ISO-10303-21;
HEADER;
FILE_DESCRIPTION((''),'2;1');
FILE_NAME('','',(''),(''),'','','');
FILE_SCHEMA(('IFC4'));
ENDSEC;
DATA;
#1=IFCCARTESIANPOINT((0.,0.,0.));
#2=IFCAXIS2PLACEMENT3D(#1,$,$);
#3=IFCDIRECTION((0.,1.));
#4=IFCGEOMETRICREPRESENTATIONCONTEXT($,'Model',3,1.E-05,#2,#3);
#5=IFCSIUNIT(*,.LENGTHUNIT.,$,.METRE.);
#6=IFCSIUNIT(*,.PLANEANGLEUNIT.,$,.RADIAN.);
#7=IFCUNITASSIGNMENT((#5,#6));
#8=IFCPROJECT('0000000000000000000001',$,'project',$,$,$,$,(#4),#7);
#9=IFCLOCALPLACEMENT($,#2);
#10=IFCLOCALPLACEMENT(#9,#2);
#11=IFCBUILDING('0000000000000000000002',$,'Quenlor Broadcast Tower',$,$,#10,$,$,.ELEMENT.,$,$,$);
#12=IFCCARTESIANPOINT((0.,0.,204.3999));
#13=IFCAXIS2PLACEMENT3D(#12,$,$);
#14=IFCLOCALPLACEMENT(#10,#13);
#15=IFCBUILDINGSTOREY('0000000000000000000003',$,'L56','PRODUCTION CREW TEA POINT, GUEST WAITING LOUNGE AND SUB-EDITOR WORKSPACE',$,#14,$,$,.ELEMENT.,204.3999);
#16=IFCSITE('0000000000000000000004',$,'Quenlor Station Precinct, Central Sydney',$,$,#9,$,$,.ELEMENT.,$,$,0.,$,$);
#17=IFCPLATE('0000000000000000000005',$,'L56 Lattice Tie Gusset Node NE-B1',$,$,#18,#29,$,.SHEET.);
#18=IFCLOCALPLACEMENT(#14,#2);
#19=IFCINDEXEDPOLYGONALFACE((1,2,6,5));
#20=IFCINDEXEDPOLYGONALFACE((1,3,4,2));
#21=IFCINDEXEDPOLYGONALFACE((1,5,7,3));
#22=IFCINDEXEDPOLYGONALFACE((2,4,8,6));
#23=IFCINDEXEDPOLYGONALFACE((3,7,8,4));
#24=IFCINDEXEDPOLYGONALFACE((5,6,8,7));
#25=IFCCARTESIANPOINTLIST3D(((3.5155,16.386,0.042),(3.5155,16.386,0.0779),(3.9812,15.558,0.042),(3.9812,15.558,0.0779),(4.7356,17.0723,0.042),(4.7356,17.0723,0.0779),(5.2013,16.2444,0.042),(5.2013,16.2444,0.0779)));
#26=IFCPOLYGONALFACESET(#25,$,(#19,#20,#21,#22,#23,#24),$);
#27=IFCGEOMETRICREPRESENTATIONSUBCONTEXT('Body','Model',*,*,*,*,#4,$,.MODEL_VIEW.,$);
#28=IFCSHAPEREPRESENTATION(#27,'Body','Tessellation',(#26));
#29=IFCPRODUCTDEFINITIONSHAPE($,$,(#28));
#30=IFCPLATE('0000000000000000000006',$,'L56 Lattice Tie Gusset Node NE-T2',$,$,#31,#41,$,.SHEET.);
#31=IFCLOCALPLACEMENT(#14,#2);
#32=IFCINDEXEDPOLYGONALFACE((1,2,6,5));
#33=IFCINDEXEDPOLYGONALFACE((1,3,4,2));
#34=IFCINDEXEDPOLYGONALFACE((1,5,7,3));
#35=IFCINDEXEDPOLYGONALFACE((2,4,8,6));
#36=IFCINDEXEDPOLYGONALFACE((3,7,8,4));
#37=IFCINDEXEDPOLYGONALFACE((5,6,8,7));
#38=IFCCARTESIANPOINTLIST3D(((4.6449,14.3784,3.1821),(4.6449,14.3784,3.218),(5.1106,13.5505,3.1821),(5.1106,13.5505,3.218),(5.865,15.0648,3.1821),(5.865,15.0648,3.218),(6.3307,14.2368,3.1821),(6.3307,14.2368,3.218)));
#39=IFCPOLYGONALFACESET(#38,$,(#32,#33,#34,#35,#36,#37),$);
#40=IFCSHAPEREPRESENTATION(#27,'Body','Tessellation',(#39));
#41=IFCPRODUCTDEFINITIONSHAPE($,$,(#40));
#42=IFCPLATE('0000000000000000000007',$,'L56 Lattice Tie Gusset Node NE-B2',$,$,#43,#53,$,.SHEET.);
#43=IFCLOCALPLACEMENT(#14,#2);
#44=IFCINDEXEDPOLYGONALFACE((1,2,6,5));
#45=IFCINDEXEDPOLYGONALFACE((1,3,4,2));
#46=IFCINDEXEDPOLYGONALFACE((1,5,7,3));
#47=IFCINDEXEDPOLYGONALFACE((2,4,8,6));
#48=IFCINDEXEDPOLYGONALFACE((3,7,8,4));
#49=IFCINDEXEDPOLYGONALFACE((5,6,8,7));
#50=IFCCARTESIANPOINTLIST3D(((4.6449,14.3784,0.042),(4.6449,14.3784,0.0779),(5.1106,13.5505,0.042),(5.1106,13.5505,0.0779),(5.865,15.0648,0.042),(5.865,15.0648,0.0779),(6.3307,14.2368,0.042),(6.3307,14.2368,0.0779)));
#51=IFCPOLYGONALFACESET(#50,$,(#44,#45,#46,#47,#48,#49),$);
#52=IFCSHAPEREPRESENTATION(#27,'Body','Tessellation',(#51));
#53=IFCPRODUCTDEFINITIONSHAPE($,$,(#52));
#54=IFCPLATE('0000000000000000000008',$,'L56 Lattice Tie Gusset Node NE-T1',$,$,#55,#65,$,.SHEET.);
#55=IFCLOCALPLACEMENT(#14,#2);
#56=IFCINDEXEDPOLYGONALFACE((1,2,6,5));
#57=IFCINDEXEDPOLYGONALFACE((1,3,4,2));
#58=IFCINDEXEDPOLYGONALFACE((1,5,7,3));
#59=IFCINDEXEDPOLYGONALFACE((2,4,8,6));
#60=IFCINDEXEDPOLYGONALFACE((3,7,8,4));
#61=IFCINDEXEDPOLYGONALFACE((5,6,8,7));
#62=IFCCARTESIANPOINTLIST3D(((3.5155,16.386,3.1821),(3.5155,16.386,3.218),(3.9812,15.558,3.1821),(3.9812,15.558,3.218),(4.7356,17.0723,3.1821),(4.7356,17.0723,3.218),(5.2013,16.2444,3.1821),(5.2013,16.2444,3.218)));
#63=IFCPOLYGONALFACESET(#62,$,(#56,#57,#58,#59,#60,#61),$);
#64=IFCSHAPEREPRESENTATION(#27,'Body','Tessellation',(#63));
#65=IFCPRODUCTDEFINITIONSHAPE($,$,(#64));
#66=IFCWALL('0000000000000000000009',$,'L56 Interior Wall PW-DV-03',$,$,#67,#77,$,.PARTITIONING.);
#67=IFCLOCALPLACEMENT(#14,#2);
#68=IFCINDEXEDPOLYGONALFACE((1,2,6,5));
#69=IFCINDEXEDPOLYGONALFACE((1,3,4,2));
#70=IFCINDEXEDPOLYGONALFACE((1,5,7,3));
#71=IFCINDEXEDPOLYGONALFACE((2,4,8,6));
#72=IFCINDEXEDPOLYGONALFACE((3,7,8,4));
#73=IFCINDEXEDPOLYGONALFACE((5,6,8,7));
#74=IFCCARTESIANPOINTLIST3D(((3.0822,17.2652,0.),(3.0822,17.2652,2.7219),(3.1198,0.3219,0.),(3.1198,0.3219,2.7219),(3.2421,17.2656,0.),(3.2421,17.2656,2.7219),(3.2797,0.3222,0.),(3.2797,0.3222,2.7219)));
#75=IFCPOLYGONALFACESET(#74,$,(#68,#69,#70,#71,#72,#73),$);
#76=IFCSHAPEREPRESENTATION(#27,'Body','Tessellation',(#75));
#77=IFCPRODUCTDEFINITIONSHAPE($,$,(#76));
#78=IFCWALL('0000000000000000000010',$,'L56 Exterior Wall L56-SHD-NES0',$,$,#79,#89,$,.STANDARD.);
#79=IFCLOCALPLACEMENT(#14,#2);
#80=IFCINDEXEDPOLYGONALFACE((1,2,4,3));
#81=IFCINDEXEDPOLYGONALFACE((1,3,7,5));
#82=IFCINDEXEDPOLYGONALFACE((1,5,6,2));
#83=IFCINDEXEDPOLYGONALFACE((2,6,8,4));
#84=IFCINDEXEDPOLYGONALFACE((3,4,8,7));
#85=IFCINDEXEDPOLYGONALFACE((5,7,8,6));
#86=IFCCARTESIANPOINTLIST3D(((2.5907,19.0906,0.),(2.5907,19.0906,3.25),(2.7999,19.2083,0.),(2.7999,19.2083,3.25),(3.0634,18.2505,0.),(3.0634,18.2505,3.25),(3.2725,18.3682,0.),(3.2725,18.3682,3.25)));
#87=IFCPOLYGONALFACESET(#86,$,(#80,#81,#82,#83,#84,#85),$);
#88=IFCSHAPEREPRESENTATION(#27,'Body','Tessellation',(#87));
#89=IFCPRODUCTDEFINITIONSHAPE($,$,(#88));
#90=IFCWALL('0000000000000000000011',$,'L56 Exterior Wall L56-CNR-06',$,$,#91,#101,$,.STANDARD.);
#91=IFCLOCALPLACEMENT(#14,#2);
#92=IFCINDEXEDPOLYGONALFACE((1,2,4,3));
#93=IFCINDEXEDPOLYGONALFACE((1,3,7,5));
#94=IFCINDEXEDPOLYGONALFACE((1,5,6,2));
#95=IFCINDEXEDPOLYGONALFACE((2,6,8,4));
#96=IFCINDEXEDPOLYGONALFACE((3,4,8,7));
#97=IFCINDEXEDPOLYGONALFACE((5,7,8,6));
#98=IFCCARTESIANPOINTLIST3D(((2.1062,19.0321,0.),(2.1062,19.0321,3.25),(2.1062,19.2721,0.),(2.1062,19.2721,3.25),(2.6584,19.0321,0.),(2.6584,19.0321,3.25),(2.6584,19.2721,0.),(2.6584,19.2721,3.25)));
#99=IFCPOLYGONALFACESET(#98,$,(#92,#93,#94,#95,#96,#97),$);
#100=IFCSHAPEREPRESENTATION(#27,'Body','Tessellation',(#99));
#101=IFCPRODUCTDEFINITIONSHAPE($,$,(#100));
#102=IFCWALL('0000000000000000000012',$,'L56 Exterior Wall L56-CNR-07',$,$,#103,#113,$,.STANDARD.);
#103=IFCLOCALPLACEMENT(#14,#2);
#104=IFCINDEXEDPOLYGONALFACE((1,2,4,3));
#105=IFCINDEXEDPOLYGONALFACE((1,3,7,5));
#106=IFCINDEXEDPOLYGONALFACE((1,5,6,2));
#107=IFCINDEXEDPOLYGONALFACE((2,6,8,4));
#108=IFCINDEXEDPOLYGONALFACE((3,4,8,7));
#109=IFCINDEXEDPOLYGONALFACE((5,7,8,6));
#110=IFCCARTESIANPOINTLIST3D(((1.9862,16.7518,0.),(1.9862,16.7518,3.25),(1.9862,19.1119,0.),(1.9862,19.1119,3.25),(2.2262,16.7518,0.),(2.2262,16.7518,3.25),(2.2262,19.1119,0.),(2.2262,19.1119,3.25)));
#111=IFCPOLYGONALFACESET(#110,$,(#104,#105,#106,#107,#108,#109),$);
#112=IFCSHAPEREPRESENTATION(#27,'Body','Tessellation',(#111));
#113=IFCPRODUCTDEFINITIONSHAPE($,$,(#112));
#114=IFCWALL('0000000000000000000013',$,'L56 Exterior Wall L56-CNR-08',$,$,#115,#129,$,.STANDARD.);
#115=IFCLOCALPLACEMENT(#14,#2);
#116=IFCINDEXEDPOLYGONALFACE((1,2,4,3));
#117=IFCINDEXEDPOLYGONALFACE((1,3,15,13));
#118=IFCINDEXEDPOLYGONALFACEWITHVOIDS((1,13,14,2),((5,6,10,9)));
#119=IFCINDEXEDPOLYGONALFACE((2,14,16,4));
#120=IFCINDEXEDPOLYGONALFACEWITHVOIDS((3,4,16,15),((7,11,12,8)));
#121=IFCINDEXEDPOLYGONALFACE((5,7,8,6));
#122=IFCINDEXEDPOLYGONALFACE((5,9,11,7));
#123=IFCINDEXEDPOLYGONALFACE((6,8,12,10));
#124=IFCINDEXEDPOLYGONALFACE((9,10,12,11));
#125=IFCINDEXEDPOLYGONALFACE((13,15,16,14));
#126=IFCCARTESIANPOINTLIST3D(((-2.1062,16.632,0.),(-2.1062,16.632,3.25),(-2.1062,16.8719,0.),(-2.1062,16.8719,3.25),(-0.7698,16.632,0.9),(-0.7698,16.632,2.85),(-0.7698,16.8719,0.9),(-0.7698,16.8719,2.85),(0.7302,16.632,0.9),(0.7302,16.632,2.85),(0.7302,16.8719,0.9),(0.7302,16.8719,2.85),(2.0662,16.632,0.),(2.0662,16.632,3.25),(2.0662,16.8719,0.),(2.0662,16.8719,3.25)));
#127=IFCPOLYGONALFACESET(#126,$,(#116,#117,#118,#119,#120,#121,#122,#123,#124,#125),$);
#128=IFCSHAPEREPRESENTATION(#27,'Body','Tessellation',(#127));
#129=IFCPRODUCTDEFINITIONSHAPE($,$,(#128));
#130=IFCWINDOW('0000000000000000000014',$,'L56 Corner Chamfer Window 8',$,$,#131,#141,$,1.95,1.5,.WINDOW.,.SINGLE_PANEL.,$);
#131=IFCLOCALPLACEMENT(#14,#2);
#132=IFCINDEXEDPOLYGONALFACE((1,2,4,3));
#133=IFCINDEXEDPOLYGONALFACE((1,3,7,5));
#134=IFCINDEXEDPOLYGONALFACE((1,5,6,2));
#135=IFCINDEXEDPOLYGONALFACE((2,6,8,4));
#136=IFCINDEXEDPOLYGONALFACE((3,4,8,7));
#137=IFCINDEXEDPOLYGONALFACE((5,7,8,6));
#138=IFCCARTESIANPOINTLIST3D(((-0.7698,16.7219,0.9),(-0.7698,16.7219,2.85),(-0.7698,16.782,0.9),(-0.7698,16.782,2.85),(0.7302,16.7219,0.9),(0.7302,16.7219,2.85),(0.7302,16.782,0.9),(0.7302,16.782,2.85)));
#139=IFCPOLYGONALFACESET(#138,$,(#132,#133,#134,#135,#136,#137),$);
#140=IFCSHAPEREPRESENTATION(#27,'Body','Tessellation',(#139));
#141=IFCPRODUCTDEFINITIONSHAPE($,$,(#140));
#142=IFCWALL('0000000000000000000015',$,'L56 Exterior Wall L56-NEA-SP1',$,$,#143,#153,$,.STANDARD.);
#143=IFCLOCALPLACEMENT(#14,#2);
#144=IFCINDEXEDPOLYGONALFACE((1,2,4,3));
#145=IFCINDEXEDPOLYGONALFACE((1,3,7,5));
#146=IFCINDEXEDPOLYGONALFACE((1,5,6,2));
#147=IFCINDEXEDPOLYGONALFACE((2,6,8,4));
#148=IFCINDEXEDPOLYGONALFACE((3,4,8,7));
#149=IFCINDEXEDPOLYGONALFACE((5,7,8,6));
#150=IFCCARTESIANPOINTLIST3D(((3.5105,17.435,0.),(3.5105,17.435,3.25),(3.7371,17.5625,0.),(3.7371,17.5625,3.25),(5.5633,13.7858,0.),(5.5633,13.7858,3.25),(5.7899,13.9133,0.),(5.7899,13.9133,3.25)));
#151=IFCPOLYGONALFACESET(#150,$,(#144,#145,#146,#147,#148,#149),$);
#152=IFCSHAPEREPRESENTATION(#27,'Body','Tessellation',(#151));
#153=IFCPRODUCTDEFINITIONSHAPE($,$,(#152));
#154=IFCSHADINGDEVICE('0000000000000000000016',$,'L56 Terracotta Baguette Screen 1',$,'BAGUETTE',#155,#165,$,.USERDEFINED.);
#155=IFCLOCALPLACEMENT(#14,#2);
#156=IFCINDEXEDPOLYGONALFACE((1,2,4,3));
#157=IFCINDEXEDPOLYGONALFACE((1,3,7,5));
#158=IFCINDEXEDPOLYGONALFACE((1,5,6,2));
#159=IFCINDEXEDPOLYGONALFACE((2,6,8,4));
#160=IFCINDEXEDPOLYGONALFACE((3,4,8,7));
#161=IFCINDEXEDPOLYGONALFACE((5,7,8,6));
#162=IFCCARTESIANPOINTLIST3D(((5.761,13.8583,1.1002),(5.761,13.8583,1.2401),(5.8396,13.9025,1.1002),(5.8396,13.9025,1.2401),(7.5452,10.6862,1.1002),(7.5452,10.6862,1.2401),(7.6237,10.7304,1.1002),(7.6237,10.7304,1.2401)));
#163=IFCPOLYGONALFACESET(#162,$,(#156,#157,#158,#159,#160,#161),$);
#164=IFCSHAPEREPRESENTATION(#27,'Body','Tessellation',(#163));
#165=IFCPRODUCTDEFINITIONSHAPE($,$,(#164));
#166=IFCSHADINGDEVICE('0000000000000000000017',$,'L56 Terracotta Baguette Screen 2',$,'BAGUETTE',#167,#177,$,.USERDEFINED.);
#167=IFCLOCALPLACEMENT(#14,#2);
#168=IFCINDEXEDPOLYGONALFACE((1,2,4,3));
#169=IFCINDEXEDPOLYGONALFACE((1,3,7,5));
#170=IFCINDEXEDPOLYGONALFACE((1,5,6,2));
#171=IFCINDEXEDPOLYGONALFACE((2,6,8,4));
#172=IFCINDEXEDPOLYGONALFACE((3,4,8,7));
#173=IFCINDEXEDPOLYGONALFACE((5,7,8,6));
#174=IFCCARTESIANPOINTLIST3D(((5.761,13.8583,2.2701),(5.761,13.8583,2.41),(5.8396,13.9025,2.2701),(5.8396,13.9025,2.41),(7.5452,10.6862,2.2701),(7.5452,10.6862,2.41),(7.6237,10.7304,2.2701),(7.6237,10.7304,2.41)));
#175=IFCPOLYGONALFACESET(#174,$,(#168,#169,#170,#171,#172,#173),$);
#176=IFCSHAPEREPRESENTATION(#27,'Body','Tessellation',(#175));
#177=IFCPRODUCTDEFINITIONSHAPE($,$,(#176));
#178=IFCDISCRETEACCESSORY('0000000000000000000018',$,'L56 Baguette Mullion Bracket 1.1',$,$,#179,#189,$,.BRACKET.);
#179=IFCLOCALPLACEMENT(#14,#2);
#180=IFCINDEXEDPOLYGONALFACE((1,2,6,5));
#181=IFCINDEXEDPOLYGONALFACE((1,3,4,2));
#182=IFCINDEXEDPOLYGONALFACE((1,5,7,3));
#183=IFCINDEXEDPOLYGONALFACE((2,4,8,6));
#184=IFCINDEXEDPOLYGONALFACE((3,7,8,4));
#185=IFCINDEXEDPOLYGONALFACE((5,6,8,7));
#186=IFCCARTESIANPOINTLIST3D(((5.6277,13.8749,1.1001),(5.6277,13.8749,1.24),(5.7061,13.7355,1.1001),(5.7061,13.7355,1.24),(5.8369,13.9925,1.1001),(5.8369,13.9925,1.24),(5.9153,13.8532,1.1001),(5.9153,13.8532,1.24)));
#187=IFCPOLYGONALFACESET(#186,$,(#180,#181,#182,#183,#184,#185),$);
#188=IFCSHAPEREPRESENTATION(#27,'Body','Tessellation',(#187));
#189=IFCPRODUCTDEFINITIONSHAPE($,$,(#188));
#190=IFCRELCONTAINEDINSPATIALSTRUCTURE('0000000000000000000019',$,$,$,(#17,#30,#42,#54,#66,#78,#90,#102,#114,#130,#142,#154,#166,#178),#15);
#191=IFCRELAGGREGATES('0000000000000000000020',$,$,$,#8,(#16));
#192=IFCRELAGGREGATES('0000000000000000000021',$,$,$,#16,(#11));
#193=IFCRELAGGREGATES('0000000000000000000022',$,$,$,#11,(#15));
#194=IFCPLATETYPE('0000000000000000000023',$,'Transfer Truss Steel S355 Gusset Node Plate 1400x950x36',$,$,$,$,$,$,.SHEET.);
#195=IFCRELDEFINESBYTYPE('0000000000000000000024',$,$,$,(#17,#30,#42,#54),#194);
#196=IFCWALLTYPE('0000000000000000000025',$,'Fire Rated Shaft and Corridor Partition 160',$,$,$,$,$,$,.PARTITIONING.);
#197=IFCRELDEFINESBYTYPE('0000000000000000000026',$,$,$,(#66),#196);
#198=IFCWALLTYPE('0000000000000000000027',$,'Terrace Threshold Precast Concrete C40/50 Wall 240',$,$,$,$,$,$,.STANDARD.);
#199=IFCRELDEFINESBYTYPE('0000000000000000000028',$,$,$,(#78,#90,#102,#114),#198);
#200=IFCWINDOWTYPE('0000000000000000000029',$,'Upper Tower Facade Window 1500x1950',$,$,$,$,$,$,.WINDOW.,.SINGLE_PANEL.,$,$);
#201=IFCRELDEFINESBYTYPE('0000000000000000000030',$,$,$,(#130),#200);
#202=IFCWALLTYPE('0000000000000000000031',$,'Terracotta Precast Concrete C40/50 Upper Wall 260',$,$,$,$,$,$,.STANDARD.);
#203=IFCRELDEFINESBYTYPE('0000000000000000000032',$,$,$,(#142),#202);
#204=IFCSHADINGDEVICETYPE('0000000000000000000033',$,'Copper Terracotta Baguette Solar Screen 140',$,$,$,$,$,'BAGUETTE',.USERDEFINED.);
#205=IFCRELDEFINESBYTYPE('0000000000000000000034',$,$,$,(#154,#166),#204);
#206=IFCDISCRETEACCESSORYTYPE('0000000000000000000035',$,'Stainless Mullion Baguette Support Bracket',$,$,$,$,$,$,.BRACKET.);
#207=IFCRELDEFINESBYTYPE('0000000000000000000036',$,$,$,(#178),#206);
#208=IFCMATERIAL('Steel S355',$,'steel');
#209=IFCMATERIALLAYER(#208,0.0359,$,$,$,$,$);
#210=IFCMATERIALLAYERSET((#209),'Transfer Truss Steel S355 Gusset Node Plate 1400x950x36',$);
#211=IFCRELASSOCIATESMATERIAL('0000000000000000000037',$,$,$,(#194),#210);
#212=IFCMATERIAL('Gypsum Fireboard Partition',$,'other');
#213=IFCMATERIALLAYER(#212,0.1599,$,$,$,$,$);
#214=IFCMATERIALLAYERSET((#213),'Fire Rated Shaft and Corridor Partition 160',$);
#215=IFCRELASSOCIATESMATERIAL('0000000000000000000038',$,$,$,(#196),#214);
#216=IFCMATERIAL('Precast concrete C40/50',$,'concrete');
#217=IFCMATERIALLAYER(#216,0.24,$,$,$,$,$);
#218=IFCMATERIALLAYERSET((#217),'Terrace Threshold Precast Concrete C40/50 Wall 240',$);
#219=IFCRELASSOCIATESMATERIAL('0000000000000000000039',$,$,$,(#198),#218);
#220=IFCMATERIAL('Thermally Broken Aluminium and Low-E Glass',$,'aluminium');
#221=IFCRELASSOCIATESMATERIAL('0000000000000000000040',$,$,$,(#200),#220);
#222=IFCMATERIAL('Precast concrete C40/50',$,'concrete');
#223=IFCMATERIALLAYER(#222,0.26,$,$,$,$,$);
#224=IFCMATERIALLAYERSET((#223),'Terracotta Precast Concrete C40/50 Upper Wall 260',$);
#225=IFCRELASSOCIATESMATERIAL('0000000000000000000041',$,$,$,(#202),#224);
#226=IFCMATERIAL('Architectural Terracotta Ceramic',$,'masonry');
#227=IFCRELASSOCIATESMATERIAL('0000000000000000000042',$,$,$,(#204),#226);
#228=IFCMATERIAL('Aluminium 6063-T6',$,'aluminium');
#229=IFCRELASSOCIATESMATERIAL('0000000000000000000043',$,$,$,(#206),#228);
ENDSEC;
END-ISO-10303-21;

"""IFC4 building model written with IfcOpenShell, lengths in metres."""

from ifc_helpers import new_model, si_unit, direction, frame, frame_2d, origin, origin_2d, place, context, subcontext, project, spatial, rectangle, extrude, material, layer, layer_set, material_profile, profile_set, type_object, element, fill, save


model = new_model("IFC4")

# Units and contexts
model_context = context("Model", 3, precision=1e-05, world=origin(), true_north=direction((0.0, 1.0)))
body_context = subcontext(model_context, "Body", "Model", "MODEL_VIEW")
ifc_project = project(units=[si_unit("LENGTHUNIT", "METRE"), si_unit("PLANEANGLEUNIT", "RADIAN")], contexts=[model_context])

# Site, building, storey
site_placement = place(None, origin())
site = spatial("IfcSite", under=ifc_project, at=site_placement, Name="Quenlor Station Precinct, Central Sydney", CompositionType="ELEMENT", RefElevation=0.0)
building_placement = place(site_placement, origin())
building = spatial("IfcBuilding", under=site, at=building_placement, Name="Quenlor Broadcast Tower", CompositionType="ELEMENT")
storey_placement = place(building_placement, frame((0.0, 0.0, 204.3999)))
storey = spatial("IfcBuildingStorey", under=building, at=storey_placement, Name="L56", Description="PRODUCTION CREW TEA POINT, GUEST WAITING LOUNGE AND SUB-EDITOR WORKSPACE", CompositionType="ELEMENT", Elevation=204.3999)

# Plates
ifc_material_1 = material(Name="Steel S355", Category="steel")
ifc_layer_1 = layer(ifc_material_1, 0.0359)
ifc_layer_set_1 = layer_set([ifc_layer_1], Name="Transfer Truss Steel S355 Gusset Node Plate 1400x950x36")
plate_type_1 = type_object("IfcPlateType", Name="Transfer Truss Steel S355 Gusset Node Plate 1400x950x36", PredefinedType="SHEET", material=ifc_layer_set_1)
for number, where, z_axis, x_axis, name in (
    (1, (4.3584, 16.3152, 0.042), (0.0, 0.0, 1.0), (0.871556, 0.490295, 0.0), "L56 Lattice Tie Gusset Node NE-B1"),
    (2, (5.4878, 14.3076, 3.1821), (0.0, 0.0, 1.0), (0.871556, 0.490295, 0.0), "L56 Lattice Tie Gusset Node NE-T2"),
    (3, (5.4878, 14.3076, 0.042), (0.0, 0.0, 1.0), (0.871556, 0.490295, 0.0), "L56 Lattice Tie Gusset Node NE-B2"),
    (4, (4.3584, 16.3152, 3.1821), (0.0, 0.0, 1.0), (0.871556, 0.490295, 0.0), "L56 Lattice Tie Gusset Node NE-T1"),
):
    element("IfcPlate", number, at=place(storey_placement, frame(where, z_axis=z_axis, x_axis=x_axis)), inside=storey, type_object=plate_type_1, Name=name, PredefinedType="SHEET", context=body_context, shape_type="SweptSolid", body=[
        extrude(rectangle(XDim=1.3999, YDim=0.95, at=origin_2d()), origin(), (0.0, 0.0, 1.0), 0.0359),
    ])

# Walls
ifc_material_2 = material(Name="Gypsum Fireboard Partition", Category="other")
ifc_layer_2 = layer(ifc_material_2, 0.1599)
ifc_layer_set_2 = layer_set([ifc_layer_2], Name="Fire Rated Shaft and Corridor Partition 160")
wall_type_1 = type_object("IfcWallType", Name="Fire Rated Shaft and Corridor Partition 160", PredefinedType="PARTITIONING", material=ifc_layer_set_2)
wall_1_placement = place(storey_placement, frame((3.1621, 17.2654, 0.0), z_axis=(0.0, 0.0, 1.0), x_axis=(0.002219, -0.999998, 0.0)))
element("IfcWall", 5, at=wall_1_placement, inside=storey, type_object=wall_type_1, Name="L56 Interior Wall PW-DV-03", PredefinedType="PARTITIONING", context=body_context, shape_type="SweptSolid", body=[
    extrude(rectangle(XDim=16.9434, YDim=0.1599, at=frame_2d((8.4717, 0.0))), origin(), (0.0, 0.0, 1.0), 2.7219),
])
ifc_material_3 = material(Name="Precast concrete C40/50", Category="concrete")
ifc_layer_3 = layer(ifc_material_3, 0.24)
ifc_layer_set_3 = layer_set([ifc_layer_3], Name="Terrace Threshold Precast Concrete C40/50 Wall 240")
wall_type_2 = type_object("IfcWallType", Name="Terrace Threshold Precast Concrete C40/50 Wall 240", PredefinedType="STANDARD", material=ifc_layer_set_3)
wall_2_placement = place(storey_placement, frame((2.6953, 19.1494, 0.0), z_axis=(0.0, 0.0, 1.0), x_axis=(0.490345, -0.871528, 0.0)))
element("IfcWall", 6, at=wall_2_placement, inside=storey, type_object=wall_type_2, Name="L56 Exterior Wall L56-SHD-NES0", PredefinedType="STANDARD", context=body_context, shape_type="SweptSolid", body=[
    extrude(rectangle(XDim=0.9639, YDim=0.24, at=frame_2d((0.4819, 0.0))), origin(), (0.0, 0.0, 1.0), 3.25),
])
wall_3_placement = place(storey_placement, frame((2.6584, 19.1521, 0.0), z_axis=(0.0, 0.0, 1.0), x_axis=(-1.0, 0.0, 0.0)))
element("IfcWall", 7, at=wall_3_placement, inside=storey, type_object=wall_type_2, Name="L56 Exterior Wall L56-CNR-06", PredefinedType="STANDARD", context=body_context, shape_type="SweptSolid", body=[
    extrude(rectangle(XDim=0.5522, YDim=0.24, at=frame_2d((0.2761, 0.0))), origin(), (0.0, 0.0, 1.0), 3.25),
])
wall_4_placement = place(storey_placement, frame((2.1062, 19.1121, 0.0), z_axis=(0.0, 0.0, 1.0), x_axis=(0.0, -1.0, 0.0)))
element("IfcWall", 8, at=wall_4_placement, inside=storey, type_object=wall_type_2, Name="L56 Exterior Wall L56-CNR-07", PredefinedType="STANDARD", context=body_context, shape_type="SweptSolid", body=[
    extrude(rectangle(XDim=2.3601, YDim=0.24, at=frame_2d((1.1802, 0.0))), origin(), (0.0, 0.0, 1.0), 3.25),
])

# Wall, opening, window
wall_5_placement = place(storey_placement, frame((2.0662, 16.752, 0.0), z_axis=(0.0, 0.0, 1.0), x_axis=(-1.0, 0.0, 0.0)))
wall_5 = element("IfcWall", 9, at=wall_5_placement, inside=storey, type_object=wall_type_2, Name="L56 Exterior Wall L56-CNR-08", PredefinedType="STANDARD", context=body_context, shape_type="SweptSolid", body=[
    extrude(rectangle(XDim=4.1724, YDim=0.24, at=frame_2d((2.0862, 0.0))), origin(), (0.0, 0.0, 1.0), 3.25),
])
opening_placement = place(wall_5_placement, frame((1.3359, 0.0, 0.8999)))
opening = element("IfcOpeningElement", 10, at=opening_placement, cuts=wall_5, PredefinedType="OPENING", context=body_context, shape_type="SweptSolid", body=[
    extrude(rectangle(XDim=1.5, YDim=1.95, at=frame_2d((0.75, 0.9751))), frame((0.0, 0.1299, 0.0), z_axis=(0.0, -1.0, 0.0), x_axis=(1.0, 0.0, 0.0)), (0.0, 0.0, 1.0), 0.26),
])
ifc_material_4 = material(Name="Thermally Broken Aluminium and Low-E Glass", Category="aluminium")
window_type = type_object("IfcWindowType", Name="Upper Tower Facade Window 1500x1950", PartitioningType="SINGLE_PANEL", PredefinedType="WINDOW", material=ifc_material_4)
window_placement = place(opening_placement, origin())
window = element("IfcWindow", 11, at=window_placement, inside=storey, type_object=window_type, Name="L56 Corner Chamfer Window 8", OverallHeight=1.95, OverallWidth=1.5, PartitioningType="SINGLE_PANEL", PredefinedType="WINDOW", context=body_context, shape_type="SweptSolid", body=[
    extrude(rectangle(XDim=1.5, YDim=1.95, at=frame_2d((0.75, 0.9751))), frame((0.0, 0.03, 0.0), z_axis=(0.0, -1.0, 0.0), x_axis=(1.0, 0.0, 0.0)), (0.0, 0.0, 1.0), 0.0601),
])
fill(opening, window)

# Wall
ifc_material_5 = material(Name="Precast concrete C40/50", Category="concrete")
ifc_layer_4 = layer(ifc_material_5, 0.26)
ifc_layer_set_4 = layer_set([ifc_layer_4], Name="Terracotta Precast Concrete C40/50 Upper Wall 260")
wall_type_3 = type_object("IfcWallType", Name="Terracotta Precast Concrete C40/50 Upper Wall 260", PredefinedType="STANDARD", material=ifc_layer_set_4)
wall_6_placement = place(storey_placement, frame((3.6238, 17.4988, 0.0), z_axis=(0.0, 0.0, 1.0), x_axis=(0.490275, -0.871568, 0.0)))
element("IfcWall", 12, at=wall_6_placement, inside=storey, type_object=wall_type_3, Name="L56 Exterior Wall L56-NEA-SP1", PredefinedType="STANDARD", context=body_context, shape_type="SweptSolid", body=[
    extrude(rectangle(XDim=4.187, YDim=0.26, at=frame_2d((2.0935, 0.0))), origin(), (0.0, 0.0, 1.0), 3.25),
])

# Shading devices
ifc_material_6 = material(Name="Architectural Terracotta Ceramic", Category="masonry")
ifc_material_profile_1 = material_profile(ifc_material_6, rectangle(XDim=0.0901, YDim=0.1399, at=origin_2d()))
ifc_profile_set_1 = profile_set([ifc_material_profile_1], Name="Architectural Terracotta Ceramic BAG90x140")
shading_device_type = type_object("IfcShadingDeviceType", Name="Copper Terracotta Baguette Solar Screen 140", ElementType="BAGUETTE", PredefinedType="USERDEFINED", material=ifc_profile_set_1)
for number, where, z_axis, x_axis, name in (
    (13, (5.8003, 13.8804, 1.1702), (0.490233, -0.871592, 0.0), (0.871592, 0.490233, 0.0), "L56 Terracotta Baguette Screen 1"),
    (14, (5.8003, 13.8804, 2.3401), (0.490233, -0.871592, 0.0), (0.871592, 0.490233, 0.0), "L56 Terracotta Baguette Screen 2"),
):
    element("IfcShadingDevice", number, at=place(storey_placement, frame(where, z_axis=z_axis, x_axis=x_axis)), inside=storey, type_object=shading_device_type, Name=name, ObjectType="BAGUETTE", PredefinedType="USERDEFINED", context=body_context, shape_type="SweptSolid", body=[
        extrude(rectangle(XDim=0.0901, YDim=0.1399, at=origin_2d()), origin(), (0.0, 0.0, 1.0), 3.6394),
    ])

# Discrete accessory
ifc_material_7 = material(Name="Aluminium 6063-T6", Category="aluminium")
discrete_accessory_type = type_object("IfcDiscreteAccessoryType", Name="Stainless Mullion Baguette Support Bracket", PredefinedType="BRACKET", material=ifc_material_7)
for number, where, z_axis, x_axis, name in (
    (15, (5.7715, 13.864, 1.1001), (0.0, 0.0, 1.0), (0.49026, -0.871576, 0.0), "L56 Baguette Mullion Bracket 1.1"),
):
    element("IfcDiscreteAccessory", number, at=place(storey_placement, frame(where, z_axis=z_axis, x_axis=x_axis)), inside=storey, type_object=discrete_accessory_type, Name=name, PredefinedType="BRACKET", context=body_context, shape_type="SweptSolid", body=[
        extrude(rectangle(XDim=0.1599, YDim=0.24, at=origin_2d()), origin(), (0.0, 0.0, 1.0), 0.1399),
    ])

save(model, "model.ifc")
